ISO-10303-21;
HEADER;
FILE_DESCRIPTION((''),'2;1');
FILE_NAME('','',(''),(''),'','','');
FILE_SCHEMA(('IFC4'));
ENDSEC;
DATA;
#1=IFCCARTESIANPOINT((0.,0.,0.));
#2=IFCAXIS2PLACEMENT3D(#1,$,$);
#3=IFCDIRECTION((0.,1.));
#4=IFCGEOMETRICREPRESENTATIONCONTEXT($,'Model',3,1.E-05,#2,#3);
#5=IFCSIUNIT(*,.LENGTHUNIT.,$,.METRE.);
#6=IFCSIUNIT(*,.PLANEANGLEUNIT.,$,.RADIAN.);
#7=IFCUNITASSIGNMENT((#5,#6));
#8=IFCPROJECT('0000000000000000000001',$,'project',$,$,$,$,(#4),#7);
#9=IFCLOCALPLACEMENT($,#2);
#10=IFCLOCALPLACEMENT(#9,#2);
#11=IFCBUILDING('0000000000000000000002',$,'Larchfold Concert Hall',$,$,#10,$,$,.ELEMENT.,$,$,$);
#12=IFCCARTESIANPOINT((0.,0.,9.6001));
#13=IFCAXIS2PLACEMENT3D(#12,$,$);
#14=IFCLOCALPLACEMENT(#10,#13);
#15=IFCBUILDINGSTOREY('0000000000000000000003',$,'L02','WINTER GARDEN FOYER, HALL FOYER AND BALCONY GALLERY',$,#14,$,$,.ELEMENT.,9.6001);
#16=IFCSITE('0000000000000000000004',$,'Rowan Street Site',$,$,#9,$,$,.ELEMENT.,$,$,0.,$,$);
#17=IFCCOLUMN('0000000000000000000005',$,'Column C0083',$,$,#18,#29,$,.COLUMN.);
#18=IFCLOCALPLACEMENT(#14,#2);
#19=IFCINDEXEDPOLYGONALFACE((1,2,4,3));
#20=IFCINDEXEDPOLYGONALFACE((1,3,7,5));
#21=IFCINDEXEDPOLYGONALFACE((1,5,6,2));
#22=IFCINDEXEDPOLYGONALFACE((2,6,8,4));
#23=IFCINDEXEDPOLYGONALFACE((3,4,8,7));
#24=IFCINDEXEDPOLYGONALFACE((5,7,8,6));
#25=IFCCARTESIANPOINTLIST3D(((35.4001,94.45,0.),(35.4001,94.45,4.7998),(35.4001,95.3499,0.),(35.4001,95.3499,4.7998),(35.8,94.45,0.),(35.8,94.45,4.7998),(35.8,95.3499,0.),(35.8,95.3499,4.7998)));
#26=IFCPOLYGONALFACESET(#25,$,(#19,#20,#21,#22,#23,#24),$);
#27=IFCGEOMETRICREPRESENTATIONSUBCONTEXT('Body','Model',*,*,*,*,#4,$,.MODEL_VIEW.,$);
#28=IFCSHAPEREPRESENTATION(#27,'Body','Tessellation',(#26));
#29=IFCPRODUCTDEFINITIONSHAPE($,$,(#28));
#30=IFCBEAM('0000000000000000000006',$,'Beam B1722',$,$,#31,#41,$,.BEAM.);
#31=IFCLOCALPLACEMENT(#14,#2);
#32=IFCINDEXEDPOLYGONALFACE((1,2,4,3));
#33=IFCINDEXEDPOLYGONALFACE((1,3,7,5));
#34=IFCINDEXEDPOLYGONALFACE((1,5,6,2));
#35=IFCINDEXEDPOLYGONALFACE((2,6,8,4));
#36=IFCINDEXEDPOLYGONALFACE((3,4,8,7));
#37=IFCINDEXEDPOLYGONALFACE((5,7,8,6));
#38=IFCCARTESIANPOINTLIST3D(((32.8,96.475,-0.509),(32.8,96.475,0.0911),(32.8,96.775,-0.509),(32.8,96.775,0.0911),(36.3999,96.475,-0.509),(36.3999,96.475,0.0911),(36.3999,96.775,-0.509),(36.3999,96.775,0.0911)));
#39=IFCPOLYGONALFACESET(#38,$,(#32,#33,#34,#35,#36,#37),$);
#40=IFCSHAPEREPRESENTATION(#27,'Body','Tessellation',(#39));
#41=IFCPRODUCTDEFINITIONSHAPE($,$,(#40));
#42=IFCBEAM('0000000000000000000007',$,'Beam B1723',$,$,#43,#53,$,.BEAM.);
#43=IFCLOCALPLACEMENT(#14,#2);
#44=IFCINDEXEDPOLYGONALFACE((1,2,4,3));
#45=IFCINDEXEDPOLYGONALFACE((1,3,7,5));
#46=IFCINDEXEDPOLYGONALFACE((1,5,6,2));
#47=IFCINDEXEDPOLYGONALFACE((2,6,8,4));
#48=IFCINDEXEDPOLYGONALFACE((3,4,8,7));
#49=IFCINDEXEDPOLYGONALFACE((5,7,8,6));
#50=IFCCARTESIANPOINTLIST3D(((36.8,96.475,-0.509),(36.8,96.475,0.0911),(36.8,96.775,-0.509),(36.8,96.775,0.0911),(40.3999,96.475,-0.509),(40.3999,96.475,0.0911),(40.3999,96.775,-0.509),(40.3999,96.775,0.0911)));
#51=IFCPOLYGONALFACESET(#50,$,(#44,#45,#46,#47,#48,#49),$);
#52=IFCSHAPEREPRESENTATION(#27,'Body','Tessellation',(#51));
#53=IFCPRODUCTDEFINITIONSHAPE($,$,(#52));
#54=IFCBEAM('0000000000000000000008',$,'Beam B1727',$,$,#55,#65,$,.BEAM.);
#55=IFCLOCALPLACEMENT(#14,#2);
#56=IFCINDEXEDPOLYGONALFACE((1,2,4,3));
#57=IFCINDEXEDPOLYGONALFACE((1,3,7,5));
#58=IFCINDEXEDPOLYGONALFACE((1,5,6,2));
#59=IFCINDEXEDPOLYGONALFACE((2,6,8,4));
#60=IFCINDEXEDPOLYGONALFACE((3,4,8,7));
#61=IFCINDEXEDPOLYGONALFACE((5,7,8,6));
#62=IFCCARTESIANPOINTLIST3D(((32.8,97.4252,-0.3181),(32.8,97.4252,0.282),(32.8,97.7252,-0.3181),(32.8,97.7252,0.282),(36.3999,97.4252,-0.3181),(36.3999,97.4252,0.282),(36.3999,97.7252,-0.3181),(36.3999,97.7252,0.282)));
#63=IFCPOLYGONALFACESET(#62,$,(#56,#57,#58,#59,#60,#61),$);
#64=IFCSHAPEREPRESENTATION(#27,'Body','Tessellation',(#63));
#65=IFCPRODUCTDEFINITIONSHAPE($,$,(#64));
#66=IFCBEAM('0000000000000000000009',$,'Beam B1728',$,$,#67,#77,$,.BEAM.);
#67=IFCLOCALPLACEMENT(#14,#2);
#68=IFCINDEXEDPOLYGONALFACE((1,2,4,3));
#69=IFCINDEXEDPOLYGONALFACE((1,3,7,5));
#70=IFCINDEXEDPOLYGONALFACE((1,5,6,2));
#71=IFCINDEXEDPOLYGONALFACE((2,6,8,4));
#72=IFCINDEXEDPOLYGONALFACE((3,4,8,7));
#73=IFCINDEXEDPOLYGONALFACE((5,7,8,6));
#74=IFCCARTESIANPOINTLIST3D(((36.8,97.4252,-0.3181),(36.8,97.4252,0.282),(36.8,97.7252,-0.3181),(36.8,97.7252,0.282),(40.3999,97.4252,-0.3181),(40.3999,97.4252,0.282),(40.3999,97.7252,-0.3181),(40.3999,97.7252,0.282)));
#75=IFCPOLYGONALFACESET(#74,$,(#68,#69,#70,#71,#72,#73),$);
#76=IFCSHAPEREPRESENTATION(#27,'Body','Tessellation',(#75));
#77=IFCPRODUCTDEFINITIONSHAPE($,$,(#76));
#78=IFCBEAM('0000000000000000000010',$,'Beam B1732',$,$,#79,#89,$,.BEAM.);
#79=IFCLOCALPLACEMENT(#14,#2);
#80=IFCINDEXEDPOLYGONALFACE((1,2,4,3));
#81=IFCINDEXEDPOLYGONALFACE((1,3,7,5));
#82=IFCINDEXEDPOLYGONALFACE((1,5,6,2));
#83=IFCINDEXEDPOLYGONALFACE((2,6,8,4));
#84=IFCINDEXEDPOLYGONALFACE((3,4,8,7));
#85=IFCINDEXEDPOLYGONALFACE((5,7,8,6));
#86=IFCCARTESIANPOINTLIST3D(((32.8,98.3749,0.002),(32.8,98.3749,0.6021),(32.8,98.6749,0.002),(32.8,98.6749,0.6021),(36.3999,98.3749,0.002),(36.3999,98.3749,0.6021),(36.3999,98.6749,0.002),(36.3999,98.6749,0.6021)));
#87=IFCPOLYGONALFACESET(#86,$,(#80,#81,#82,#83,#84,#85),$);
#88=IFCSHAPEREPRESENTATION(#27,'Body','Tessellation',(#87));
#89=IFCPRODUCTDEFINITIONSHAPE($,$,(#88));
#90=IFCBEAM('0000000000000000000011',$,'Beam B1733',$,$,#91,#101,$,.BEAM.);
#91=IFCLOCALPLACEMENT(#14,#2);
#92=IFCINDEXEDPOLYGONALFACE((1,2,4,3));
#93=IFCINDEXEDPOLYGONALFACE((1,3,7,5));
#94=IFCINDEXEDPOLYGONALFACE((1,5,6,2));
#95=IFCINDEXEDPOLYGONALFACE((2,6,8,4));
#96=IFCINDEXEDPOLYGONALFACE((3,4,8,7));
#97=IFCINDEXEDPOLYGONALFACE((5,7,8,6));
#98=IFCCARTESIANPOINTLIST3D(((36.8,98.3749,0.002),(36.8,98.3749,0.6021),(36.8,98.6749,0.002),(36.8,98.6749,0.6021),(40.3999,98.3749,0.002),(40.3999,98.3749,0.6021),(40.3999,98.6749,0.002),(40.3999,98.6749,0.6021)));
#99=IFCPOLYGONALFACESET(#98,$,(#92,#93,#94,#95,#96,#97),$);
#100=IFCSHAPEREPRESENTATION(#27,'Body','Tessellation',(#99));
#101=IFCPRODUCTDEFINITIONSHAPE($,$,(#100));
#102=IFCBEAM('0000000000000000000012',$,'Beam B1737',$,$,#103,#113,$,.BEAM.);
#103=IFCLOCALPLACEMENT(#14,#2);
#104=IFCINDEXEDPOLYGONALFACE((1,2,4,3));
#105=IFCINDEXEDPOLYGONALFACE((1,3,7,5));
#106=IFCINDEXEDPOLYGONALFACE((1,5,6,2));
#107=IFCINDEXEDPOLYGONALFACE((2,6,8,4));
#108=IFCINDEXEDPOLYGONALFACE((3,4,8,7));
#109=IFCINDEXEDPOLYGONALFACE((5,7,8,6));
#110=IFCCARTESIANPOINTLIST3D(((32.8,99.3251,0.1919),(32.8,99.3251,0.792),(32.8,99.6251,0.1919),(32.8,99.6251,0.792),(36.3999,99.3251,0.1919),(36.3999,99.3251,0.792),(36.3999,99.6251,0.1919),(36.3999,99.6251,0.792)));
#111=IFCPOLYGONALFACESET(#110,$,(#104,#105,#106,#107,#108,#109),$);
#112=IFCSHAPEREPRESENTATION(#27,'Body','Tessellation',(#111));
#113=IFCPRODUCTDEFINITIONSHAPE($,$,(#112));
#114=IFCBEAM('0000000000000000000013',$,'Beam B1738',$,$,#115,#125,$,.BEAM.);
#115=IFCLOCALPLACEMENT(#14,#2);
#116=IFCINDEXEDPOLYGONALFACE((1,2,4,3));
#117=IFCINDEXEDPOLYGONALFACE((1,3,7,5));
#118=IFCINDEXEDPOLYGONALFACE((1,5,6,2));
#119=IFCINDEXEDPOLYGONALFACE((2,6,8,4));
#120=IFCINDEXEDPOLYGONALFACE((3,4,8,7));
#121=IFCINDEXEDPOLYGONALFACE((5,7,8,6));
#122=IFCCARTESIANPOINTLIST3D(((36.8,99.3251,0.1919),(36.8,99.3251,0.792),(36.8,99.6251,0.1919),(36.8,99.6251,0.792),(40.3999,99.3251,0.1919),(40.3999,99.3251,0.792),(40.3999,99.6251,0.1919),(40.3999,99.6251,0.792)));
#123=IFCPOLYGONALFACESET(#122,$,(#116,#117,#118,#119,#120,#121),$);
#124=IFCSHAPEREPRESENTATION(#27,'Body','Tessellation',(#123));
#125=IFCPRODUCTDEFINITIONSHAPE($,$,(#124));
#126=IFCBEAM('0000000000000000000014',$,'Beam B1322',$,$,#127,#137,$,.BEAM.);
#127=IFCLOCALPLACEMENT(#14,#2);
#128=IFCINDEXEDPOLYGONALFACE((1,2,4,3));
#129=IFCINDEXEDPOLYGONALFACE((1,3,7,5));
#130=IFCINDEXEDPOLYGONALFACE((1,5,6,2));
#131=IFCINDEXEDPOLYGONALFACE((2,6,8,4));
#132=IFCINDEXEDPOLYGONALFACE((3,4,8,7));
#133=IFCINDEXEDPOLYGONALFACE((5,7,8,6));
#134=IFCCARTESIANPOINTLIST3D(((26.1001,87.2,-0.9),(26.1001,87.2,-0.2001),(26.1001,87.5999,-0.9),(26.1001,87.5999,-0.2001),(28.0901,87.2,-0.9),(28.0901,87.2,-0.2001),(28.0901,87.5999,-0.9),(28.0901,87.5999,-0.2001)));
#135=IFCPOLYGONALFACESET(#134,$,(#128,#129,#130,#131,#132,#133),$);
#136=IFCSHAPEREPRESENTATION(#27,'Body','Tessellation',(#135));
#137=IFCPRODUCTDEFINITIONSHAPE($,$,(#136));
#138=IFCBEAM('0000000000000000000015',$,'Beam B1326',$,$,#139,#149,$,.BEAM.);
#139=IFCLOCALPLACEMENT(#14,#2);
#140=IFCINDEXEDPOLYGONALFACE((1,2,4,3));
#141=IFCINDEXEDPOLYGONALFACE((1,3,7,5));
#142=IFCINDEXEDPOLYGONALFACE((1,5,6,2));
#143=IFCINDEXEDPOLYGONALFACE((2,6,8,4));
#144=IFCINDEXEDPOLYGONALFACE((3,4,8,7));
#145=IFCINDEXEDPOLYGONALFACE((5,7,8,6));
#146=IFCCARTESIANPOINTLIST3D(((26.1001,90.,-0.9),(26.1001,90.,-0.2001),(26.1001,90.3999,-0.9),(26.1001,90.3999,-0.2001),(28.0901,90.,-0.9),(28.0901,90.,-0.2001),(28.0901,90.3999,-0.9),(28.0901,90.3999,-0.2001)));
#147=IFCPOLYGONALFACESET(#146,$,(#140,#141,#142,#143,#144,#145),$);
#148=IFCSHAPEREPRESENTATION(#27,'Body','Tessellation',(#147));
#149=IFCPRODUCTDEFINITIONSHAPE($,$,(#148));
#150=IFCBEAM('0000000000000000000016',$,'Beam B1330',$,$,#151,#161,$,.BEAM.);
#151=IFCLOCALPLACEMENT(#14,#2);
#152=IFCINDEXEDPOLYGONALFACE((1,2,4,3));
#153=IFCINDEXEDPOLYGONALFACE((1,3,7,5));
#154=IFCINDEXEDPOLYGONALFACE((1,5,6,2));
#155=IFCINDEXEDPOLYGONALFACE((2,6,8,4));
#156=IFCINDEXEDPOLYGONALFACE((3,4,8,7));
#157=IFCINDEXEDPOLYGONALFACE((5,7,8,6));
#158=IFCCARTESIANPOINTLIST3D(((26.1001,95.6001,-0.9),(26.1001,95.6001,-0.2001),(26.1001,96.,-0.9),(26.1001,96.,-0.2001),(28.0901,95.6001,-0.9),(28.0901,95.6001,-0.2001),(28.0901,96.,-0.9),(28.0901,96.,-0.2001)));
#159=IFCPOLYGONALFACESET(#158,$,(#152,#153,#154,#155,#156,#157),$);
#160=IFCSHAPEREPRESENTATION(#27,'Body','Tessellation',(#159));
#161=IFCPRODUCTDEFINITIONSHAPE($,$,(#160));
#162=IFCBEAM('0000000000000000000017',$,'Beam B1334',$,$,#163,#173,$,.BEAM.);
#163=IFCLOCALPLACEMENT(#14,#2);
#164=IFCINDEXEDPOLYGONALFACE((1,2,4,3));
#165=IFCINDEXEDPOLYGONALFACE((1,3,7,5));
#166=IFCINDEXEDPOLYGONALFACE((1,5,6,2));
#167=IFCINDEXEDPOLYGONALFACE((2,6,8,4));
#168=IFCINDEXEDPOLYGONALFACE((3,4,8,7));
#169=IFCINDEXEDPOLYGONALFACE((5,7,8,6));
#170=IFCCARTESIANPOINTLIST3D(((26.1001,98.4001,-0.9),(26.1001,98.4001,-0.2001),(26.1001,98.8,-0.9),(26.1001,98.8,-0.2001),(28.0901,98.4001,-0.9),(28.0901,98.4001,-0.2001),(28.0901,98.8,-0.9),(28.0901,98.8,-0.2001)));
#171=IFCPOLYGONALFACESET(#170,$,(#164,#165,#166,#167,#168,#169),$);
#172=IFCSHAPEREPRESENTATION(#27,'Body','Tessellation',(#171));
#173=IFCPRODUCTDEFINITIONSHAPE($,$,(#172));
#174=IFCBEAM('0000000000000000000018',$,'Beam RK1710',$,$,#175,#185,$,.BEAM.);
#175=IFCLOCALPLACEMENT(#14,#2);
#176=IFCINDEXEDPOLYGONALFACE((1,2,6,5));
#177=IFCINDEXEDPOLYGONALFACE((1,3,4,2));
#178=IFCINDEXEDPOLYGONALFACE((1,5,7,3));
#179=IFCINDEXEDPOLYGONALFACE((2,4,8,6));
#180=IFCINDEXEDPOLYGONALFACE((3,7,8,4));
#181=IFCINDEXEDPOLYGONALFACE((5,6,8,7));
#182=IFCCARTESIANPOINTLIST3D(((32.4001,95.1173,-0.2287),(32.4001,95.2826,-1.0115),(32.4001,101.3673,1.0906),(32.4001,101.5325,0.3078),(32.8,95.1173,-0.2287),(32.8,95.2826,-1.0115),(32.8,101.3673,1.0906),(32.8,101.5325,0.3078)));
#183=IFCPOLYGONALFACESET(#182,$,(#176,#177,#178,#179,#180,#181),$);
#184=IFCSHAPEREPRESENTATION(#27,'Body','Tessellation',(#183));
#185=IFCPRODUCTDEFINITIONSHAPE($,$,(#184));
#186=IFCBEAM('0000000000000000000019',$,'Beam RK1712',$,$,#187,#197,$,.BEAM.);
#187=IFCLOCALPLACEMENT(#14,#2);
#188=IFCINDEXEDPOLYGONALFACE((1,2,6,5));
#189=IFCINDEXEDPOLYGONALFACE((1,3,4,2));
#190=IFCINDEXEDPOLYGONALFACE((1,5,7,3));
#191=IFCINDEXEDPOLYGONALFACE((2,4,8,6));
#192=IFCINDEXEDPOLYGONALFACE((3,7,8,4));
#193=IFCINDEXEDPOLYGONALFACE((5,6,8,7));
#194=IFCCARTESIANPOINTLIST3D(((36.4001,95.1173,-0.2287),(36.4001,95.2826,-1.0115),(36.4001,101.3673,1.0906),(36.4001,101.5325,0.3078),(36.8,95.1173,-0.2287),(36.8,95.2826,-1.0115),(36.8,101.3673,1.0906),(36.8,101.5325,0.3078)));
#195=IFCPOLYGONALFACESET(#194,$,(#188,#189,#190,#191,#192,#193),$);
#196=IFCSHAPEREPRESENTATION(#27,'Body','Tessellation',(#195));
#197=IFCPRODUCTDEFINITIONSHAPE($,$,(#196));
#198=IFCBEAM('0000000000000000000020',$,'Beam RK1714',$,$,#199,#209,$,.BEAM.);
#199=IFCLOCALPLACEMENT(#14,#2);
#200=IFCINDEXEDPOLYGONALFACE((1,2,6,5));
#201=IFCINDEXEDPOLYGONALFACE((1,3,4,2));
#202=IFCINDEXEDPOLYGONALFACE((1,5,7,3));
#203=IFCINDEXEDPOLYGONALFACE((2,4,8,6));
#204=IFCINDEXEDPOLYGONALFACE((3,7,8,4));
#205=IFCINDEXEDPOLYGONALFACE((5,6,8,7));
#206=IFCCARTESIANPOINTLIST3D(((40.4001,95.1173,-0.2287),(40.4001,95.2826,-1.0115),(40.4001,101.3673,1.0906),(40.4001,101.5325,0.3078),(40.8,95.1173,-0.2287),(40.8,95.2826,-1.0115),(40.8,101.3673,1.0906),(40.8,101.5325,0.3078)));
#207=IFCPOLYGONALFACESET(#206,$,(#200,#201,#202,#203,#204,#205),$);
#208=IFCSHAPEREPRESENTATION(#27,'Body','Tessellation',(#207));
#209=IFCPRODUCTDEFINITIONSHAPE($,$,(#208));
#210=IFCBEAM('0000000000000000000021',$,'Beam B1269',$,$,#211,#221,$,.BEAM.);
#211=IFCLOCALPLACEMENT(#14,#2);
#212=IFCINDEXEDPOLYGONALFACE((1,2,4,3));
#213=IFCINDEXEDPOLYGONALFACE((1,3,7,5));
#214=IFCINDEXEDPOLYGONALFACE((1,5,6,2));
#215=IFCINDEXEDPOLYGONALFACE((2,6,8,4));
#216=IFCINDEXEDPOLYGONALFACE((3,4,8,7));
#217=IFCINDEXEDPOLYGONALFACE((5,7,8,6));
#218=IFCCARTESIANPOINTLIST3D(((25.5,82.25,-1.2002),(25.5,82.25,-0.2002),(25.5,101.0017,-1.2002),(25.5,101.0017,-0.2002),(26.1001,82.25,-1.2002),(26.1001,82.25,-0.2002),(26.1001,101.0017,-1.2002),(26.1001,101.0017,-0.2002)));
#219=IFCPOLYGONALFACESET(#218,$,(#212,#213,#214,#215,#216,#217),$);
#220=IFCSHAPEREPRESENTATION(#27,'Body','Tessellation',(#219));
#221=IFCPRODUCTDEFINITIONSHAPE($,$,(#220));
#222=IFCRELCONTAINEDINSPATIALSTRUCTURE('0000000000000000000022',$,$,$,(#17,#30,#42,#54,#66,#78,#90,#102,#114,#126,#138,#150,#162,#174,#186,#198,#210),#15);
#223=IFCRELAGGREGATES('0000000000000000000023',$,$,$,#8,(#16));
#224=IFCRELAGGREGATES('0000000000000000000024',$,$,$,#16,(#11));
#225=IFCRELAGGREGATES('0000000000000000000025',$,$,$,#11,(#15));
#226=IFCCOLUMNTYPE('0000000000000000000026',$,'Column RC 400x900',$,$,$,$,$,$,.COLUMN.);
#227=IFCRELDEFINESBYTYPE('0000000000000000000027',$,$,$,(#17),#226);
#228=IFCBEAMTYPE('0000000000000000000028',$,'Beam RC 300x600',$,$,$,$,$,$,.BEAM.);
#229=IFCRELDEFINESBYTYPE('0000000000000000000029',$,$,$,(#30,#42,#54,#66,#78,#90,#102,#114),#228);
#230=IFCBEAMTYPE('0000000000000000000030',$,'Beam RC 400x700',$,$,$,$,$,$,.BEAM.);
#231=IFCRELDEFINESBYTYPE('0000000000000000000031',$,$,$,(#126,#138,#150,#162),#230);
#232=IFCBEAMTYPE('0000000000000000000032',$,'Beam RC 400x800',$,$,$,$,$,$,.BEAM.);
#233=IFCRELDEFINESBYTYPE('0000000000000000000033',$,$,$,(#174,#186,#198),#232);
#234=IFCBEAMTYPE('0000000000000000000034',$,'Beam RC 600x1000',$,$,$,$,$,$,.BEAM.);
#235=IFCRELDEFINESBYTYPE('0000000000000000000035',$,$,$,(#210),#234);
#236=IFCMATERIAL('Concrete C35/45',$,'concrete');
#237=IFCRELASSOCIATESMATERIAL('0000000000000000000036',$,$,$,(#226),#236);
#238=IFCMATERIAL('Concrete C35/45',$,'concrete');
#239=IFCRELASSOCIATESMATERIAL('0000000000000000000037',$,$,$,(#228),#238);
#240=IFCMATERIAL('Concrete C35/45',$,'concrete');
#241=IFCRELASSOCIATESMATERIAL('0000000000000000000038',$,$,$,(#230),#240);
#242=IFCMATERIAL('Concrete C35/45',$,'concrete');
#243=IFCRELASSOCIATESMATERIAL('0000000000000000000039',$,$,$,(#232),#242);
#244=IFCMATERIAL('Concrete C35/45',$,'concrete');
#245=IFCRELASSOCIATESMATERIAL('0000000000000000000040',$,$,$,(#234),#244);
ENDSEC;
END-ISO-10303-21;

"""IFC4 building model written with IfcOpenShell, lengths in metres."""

from ifc_helpers import new_model, si_unit, direction, frame, origin, origin_2d, place, context, subcontext, project, spatial, rectangle, extrude, material, material_profile, profile_set, type_object, element, save


model = new_model("IFC4")

# Units and contexts
model_context = context("Model", 3, precision=1e-05, world=origin(), true_north=direction((0.0, 1.0)))
body_context = subcontext(model_context, "Body", "Model", "MODEL_VIEW")
ifc_project = project(units=[si_unit("LENGTHUNIT", "METRE"), si_unit("PLANEANGLEUNIT", "RADIAN")], contexts=[model_context])

# Site, building, storey
site_placement = place(None, origin())
site = spatial("IfcSite", under=ifc_project, at=site_placement, Name="Rowan Street Site", CompositionType="ELEMENT", RefElevation=0.0)
building_placement = place(site_placement, origin())
building = spatial("IfcBuilding", under=site, at=building_placement, Name="Larchfold Concert Hall", CompositionType="ELEMENT")
storey_placement = place(building_placement, frame((0.0, 0.0, 9.6001)))
storey = spatial("IfcBuildingStorey", under=building, at=storey_placement, Name="L02", Description="WINTER GARDEN FOYER, HALL FOYER AND BALCONY GALLERY", CompositionType="ELEMENT", Elevation=9.6001)

# Column
ifc_material_1 = material(Name="Concrete C35/45", Category="concrete")
ifc_material_profile_1 = material_profile(ifc_material_1, rectangle(XDim=0.3999, YDim=0.8999, at=origin_2d()))
ifc_profile_set_1 = profile_set([ifc_material_profile_1], Name="Concrete C35/45")
column_type = type_object("IfcColumnType", Name="Column RC 400x900", PredefinedType="COLUMN", material=ifc_profile_set_1)
column_placement = place(storey_placement, frame((35.6001, 94.8999, 0.0), z_axis=(0.0, 0.0, 1.0), x_axis=(1.0, 0.0, 0.0)))
element("IfcColumn", 1, at=column_placement, inside=storey, type_object=column_type, Name="Column C0083", PredefinedType="COLUMN", context=body_context, shape_type="SweptSolid", body=[
    extrude(rectangle(XDim=0.3999, YDim=0.8999, at=origin_2d()), origin(), (0.0, 0.0, 1.0), 4.7998),
])

# Beams
ifc_material_2 = material(Name="Concrete C35/45", Category="concrete")
ifc_material_profile_2 = material_profile(ifc_material_2, rectangle(XDim=0.3, YDim=0.6001, at=origin_2d()))
ifc_profile_set_2 = profile_set([ifc_material_profile_2], Name="Concrete C35/45")
beam_type_1 = type_object("IfcBeamType", Name="Beam RC 300x600", PredefinedType="BEAM", material=ifc_profile_set_2)
for number, where, z_axis, x_axis, name in (
    (2, (32.8, 96.625, -0.209), (1.0, 0.0, 0.0), (0.0, 1.0, 0.0), "Beam B1722"),
    (3, (36.8, 96.625, -0.209), (1.0, 0.0, 0.0), (0.0, 1.0, 0.0), "Beam B1723"),
    (4, (32.8, 97.5752, -0.0181), (1.0, 0.0, 0.0), (0.0, 1.0, 0.0), "Beam B1727"),
    (5, (36.8, 97.5752, -0.0181), (1.0, 0.0, 0.0), (0.0, 1.0, 0.0), "Beam B1728"),
    (6, (32.8, 98.5249, 0.302), (1.0, 0.0, 0.0), (0.0, 1.0, 0.0), "Beam B1732"),
    (7, (36.8, 98.5249, 0.302), (1.0, 0.0, 0.0), (0.0, 1.0, 0.0), "Beam B1733"),
    (8, (32.8, 99.4751, 0.4919), (1.0, 0.0, 0.0), (0.0, 1.0, 0.0), "Beam B1737"),
    (9, (36.8, 99.4751, 0.4919), (1.0, 0.0, 0.0), (0.0, 1.0, 0.0), "Beam B1738"),
):
    element("IfcBeam", number, at=place(storey_placement, frame(where, z_axis=z_axis, x_axis=x_axis)), inside=storey, type_object=beam_type_1, Name=name, PredefinedType="BEAM", context=body_context, shape_type="SweptSolid", body=[
        extrude(rectangle(XDim=0.3, YDim=0.6001, at=origin_2d()), origin(), (0.0, 0.0, 1.0), 3.5999),
    ])
ifc_material_3 = material(Name="Concrete C35/45", Category="concrete")
ifc_material_profile_3 = material_profile(ifc_material_3, rectangle(XDim=0.3999, YDim=0.7, at=origin_2d()))
ifc_profile_set_3 = profile_set([ifc_material_profile_3], Name="Concrete C35/45")
beam_type_2 = type_object("IfcBeamType", Name="Beam RC 400x700", PredefinedType="BEAM", material=ifc_profile_set_3)
for number, where, z_axis, x_axis, name in (
    (10, (26.1001, 87.3999, -0.55), (1.0, 0.0, 0.0), (0.0, 1.0, 0.0), "Beam B1322"),
    (11, (26.1001, 90.2, -0.55), (1.0, 0.0, 0.0), (0.0, 1.0, 0.0), "Beam B1326"),
    (12, (26.1001, 95.8, -0.55), (1.0, 0.0, 0.0), (0.0, 1.0, 0.0), "Beam B1330"),
    (13, (26.1001, 98.6001, -0.55), (1.0, 0.0, 0.0), (0.0, 1.0, 0.0), "Beam B1334"),
):
    element("IfcBeam", number, at=place(storey_placement, frame(where, z_axis=z_axis, x_axis=x_axis)), inside=storey, type_object=beam_type_2, Name=name, PredefinedType="BEAM", context=body_context, shape_type="SweptSolid", body=[
        extrude(rectangle(XDim=0.3999, YDim=0.7, at=origin_2d()), origin(), (0.0, 0.0, 1.0), 1.99),
    ])
ifc_material_4 = material(Name="Concrete C35/45", Category="concrete")
ifc_material_profile_4 = material_profile(ifc_material_4, rectangle(XDim=0.3999, YDim=0.8, at=origin_2d()))
ifc_profile_set_4 = profile_set([ifc_material_profile_4], Name="Concrete C35/45")
beam_type_3 = type_object("IfcBeamType", Name="Beam RC 400x800", PredefinedType="BEAM", material=ifc_profile_set_4)
for number, where, z_axis, x_axis, name in (
    (14, (32.6001, 95.2, -0.6201), (0.0, 0.978438, 0.206542), (-1.0, 0.0, 0.0), "Beam RK1710"),
    (15, (36.6001, 95.2, -0.6201), (0.0, 0.978438, 0.206542), (-1.0, 0.0, 0.0), "Beam RK1712"),
    (16, (40.6001, 95.2, -0.6201), (0.0, 0.978438, 0.206542), (-1.0, 0.0, 0.0), "Beam RK1714"),
):
    element("IfcBeam", number, at=place(storey_placement, frame(where, z_axis=z_axis, x_axis=x_axis)), inside=storey, type_object=beam_type_3, Name=name, PredefinedType="BEAM", context=body_context, shape_type="SweptSolid", body=[
        extrude(rectangle(XDim=0.3999, YDim=0.8, at=origin_2d()), origin(), (0.0, 0.0, 1.0), 6.3877),
    ])
ifc_material_5 = material(Name="Concrete C35/45", Category="concrete")
ifc_material_profile_5 = material_profile(ifc_material_5, rectangle(XDim=0.6001, YDim=1.0, at=origin_2d()))
ifc_profile_set_5 = profile_set([ifc_material_profile_5], Name="Concrete C35/45")
beam_type_4 = type_object("IfcBeamType", Name="Beam RC 600x1000", PredefinedType="BEAM", material=ifc_profile_set_5)
beam_1_placement = place(storey_placement, frame((25.8, 82.25, -0.7002), z_axis=(0.0, 1.0, 0.0), x_axis=(-1.0, 0.0, 0.0)))
element("IfcBeam", 17, at=beam_1_placement, inside=storey, type_object=beam_type_4, Name="Beam B1269", PredefinedType="BEAM", context=body_context, shape_type="SweptSolid", body=[
    extrude(rectangle(XDim=0.6001, YDim=1.0, at=origin_2d()), origin(), (0.0, 0.0, 1.0), 18.7517),
])

save(model, "model.ifc")
